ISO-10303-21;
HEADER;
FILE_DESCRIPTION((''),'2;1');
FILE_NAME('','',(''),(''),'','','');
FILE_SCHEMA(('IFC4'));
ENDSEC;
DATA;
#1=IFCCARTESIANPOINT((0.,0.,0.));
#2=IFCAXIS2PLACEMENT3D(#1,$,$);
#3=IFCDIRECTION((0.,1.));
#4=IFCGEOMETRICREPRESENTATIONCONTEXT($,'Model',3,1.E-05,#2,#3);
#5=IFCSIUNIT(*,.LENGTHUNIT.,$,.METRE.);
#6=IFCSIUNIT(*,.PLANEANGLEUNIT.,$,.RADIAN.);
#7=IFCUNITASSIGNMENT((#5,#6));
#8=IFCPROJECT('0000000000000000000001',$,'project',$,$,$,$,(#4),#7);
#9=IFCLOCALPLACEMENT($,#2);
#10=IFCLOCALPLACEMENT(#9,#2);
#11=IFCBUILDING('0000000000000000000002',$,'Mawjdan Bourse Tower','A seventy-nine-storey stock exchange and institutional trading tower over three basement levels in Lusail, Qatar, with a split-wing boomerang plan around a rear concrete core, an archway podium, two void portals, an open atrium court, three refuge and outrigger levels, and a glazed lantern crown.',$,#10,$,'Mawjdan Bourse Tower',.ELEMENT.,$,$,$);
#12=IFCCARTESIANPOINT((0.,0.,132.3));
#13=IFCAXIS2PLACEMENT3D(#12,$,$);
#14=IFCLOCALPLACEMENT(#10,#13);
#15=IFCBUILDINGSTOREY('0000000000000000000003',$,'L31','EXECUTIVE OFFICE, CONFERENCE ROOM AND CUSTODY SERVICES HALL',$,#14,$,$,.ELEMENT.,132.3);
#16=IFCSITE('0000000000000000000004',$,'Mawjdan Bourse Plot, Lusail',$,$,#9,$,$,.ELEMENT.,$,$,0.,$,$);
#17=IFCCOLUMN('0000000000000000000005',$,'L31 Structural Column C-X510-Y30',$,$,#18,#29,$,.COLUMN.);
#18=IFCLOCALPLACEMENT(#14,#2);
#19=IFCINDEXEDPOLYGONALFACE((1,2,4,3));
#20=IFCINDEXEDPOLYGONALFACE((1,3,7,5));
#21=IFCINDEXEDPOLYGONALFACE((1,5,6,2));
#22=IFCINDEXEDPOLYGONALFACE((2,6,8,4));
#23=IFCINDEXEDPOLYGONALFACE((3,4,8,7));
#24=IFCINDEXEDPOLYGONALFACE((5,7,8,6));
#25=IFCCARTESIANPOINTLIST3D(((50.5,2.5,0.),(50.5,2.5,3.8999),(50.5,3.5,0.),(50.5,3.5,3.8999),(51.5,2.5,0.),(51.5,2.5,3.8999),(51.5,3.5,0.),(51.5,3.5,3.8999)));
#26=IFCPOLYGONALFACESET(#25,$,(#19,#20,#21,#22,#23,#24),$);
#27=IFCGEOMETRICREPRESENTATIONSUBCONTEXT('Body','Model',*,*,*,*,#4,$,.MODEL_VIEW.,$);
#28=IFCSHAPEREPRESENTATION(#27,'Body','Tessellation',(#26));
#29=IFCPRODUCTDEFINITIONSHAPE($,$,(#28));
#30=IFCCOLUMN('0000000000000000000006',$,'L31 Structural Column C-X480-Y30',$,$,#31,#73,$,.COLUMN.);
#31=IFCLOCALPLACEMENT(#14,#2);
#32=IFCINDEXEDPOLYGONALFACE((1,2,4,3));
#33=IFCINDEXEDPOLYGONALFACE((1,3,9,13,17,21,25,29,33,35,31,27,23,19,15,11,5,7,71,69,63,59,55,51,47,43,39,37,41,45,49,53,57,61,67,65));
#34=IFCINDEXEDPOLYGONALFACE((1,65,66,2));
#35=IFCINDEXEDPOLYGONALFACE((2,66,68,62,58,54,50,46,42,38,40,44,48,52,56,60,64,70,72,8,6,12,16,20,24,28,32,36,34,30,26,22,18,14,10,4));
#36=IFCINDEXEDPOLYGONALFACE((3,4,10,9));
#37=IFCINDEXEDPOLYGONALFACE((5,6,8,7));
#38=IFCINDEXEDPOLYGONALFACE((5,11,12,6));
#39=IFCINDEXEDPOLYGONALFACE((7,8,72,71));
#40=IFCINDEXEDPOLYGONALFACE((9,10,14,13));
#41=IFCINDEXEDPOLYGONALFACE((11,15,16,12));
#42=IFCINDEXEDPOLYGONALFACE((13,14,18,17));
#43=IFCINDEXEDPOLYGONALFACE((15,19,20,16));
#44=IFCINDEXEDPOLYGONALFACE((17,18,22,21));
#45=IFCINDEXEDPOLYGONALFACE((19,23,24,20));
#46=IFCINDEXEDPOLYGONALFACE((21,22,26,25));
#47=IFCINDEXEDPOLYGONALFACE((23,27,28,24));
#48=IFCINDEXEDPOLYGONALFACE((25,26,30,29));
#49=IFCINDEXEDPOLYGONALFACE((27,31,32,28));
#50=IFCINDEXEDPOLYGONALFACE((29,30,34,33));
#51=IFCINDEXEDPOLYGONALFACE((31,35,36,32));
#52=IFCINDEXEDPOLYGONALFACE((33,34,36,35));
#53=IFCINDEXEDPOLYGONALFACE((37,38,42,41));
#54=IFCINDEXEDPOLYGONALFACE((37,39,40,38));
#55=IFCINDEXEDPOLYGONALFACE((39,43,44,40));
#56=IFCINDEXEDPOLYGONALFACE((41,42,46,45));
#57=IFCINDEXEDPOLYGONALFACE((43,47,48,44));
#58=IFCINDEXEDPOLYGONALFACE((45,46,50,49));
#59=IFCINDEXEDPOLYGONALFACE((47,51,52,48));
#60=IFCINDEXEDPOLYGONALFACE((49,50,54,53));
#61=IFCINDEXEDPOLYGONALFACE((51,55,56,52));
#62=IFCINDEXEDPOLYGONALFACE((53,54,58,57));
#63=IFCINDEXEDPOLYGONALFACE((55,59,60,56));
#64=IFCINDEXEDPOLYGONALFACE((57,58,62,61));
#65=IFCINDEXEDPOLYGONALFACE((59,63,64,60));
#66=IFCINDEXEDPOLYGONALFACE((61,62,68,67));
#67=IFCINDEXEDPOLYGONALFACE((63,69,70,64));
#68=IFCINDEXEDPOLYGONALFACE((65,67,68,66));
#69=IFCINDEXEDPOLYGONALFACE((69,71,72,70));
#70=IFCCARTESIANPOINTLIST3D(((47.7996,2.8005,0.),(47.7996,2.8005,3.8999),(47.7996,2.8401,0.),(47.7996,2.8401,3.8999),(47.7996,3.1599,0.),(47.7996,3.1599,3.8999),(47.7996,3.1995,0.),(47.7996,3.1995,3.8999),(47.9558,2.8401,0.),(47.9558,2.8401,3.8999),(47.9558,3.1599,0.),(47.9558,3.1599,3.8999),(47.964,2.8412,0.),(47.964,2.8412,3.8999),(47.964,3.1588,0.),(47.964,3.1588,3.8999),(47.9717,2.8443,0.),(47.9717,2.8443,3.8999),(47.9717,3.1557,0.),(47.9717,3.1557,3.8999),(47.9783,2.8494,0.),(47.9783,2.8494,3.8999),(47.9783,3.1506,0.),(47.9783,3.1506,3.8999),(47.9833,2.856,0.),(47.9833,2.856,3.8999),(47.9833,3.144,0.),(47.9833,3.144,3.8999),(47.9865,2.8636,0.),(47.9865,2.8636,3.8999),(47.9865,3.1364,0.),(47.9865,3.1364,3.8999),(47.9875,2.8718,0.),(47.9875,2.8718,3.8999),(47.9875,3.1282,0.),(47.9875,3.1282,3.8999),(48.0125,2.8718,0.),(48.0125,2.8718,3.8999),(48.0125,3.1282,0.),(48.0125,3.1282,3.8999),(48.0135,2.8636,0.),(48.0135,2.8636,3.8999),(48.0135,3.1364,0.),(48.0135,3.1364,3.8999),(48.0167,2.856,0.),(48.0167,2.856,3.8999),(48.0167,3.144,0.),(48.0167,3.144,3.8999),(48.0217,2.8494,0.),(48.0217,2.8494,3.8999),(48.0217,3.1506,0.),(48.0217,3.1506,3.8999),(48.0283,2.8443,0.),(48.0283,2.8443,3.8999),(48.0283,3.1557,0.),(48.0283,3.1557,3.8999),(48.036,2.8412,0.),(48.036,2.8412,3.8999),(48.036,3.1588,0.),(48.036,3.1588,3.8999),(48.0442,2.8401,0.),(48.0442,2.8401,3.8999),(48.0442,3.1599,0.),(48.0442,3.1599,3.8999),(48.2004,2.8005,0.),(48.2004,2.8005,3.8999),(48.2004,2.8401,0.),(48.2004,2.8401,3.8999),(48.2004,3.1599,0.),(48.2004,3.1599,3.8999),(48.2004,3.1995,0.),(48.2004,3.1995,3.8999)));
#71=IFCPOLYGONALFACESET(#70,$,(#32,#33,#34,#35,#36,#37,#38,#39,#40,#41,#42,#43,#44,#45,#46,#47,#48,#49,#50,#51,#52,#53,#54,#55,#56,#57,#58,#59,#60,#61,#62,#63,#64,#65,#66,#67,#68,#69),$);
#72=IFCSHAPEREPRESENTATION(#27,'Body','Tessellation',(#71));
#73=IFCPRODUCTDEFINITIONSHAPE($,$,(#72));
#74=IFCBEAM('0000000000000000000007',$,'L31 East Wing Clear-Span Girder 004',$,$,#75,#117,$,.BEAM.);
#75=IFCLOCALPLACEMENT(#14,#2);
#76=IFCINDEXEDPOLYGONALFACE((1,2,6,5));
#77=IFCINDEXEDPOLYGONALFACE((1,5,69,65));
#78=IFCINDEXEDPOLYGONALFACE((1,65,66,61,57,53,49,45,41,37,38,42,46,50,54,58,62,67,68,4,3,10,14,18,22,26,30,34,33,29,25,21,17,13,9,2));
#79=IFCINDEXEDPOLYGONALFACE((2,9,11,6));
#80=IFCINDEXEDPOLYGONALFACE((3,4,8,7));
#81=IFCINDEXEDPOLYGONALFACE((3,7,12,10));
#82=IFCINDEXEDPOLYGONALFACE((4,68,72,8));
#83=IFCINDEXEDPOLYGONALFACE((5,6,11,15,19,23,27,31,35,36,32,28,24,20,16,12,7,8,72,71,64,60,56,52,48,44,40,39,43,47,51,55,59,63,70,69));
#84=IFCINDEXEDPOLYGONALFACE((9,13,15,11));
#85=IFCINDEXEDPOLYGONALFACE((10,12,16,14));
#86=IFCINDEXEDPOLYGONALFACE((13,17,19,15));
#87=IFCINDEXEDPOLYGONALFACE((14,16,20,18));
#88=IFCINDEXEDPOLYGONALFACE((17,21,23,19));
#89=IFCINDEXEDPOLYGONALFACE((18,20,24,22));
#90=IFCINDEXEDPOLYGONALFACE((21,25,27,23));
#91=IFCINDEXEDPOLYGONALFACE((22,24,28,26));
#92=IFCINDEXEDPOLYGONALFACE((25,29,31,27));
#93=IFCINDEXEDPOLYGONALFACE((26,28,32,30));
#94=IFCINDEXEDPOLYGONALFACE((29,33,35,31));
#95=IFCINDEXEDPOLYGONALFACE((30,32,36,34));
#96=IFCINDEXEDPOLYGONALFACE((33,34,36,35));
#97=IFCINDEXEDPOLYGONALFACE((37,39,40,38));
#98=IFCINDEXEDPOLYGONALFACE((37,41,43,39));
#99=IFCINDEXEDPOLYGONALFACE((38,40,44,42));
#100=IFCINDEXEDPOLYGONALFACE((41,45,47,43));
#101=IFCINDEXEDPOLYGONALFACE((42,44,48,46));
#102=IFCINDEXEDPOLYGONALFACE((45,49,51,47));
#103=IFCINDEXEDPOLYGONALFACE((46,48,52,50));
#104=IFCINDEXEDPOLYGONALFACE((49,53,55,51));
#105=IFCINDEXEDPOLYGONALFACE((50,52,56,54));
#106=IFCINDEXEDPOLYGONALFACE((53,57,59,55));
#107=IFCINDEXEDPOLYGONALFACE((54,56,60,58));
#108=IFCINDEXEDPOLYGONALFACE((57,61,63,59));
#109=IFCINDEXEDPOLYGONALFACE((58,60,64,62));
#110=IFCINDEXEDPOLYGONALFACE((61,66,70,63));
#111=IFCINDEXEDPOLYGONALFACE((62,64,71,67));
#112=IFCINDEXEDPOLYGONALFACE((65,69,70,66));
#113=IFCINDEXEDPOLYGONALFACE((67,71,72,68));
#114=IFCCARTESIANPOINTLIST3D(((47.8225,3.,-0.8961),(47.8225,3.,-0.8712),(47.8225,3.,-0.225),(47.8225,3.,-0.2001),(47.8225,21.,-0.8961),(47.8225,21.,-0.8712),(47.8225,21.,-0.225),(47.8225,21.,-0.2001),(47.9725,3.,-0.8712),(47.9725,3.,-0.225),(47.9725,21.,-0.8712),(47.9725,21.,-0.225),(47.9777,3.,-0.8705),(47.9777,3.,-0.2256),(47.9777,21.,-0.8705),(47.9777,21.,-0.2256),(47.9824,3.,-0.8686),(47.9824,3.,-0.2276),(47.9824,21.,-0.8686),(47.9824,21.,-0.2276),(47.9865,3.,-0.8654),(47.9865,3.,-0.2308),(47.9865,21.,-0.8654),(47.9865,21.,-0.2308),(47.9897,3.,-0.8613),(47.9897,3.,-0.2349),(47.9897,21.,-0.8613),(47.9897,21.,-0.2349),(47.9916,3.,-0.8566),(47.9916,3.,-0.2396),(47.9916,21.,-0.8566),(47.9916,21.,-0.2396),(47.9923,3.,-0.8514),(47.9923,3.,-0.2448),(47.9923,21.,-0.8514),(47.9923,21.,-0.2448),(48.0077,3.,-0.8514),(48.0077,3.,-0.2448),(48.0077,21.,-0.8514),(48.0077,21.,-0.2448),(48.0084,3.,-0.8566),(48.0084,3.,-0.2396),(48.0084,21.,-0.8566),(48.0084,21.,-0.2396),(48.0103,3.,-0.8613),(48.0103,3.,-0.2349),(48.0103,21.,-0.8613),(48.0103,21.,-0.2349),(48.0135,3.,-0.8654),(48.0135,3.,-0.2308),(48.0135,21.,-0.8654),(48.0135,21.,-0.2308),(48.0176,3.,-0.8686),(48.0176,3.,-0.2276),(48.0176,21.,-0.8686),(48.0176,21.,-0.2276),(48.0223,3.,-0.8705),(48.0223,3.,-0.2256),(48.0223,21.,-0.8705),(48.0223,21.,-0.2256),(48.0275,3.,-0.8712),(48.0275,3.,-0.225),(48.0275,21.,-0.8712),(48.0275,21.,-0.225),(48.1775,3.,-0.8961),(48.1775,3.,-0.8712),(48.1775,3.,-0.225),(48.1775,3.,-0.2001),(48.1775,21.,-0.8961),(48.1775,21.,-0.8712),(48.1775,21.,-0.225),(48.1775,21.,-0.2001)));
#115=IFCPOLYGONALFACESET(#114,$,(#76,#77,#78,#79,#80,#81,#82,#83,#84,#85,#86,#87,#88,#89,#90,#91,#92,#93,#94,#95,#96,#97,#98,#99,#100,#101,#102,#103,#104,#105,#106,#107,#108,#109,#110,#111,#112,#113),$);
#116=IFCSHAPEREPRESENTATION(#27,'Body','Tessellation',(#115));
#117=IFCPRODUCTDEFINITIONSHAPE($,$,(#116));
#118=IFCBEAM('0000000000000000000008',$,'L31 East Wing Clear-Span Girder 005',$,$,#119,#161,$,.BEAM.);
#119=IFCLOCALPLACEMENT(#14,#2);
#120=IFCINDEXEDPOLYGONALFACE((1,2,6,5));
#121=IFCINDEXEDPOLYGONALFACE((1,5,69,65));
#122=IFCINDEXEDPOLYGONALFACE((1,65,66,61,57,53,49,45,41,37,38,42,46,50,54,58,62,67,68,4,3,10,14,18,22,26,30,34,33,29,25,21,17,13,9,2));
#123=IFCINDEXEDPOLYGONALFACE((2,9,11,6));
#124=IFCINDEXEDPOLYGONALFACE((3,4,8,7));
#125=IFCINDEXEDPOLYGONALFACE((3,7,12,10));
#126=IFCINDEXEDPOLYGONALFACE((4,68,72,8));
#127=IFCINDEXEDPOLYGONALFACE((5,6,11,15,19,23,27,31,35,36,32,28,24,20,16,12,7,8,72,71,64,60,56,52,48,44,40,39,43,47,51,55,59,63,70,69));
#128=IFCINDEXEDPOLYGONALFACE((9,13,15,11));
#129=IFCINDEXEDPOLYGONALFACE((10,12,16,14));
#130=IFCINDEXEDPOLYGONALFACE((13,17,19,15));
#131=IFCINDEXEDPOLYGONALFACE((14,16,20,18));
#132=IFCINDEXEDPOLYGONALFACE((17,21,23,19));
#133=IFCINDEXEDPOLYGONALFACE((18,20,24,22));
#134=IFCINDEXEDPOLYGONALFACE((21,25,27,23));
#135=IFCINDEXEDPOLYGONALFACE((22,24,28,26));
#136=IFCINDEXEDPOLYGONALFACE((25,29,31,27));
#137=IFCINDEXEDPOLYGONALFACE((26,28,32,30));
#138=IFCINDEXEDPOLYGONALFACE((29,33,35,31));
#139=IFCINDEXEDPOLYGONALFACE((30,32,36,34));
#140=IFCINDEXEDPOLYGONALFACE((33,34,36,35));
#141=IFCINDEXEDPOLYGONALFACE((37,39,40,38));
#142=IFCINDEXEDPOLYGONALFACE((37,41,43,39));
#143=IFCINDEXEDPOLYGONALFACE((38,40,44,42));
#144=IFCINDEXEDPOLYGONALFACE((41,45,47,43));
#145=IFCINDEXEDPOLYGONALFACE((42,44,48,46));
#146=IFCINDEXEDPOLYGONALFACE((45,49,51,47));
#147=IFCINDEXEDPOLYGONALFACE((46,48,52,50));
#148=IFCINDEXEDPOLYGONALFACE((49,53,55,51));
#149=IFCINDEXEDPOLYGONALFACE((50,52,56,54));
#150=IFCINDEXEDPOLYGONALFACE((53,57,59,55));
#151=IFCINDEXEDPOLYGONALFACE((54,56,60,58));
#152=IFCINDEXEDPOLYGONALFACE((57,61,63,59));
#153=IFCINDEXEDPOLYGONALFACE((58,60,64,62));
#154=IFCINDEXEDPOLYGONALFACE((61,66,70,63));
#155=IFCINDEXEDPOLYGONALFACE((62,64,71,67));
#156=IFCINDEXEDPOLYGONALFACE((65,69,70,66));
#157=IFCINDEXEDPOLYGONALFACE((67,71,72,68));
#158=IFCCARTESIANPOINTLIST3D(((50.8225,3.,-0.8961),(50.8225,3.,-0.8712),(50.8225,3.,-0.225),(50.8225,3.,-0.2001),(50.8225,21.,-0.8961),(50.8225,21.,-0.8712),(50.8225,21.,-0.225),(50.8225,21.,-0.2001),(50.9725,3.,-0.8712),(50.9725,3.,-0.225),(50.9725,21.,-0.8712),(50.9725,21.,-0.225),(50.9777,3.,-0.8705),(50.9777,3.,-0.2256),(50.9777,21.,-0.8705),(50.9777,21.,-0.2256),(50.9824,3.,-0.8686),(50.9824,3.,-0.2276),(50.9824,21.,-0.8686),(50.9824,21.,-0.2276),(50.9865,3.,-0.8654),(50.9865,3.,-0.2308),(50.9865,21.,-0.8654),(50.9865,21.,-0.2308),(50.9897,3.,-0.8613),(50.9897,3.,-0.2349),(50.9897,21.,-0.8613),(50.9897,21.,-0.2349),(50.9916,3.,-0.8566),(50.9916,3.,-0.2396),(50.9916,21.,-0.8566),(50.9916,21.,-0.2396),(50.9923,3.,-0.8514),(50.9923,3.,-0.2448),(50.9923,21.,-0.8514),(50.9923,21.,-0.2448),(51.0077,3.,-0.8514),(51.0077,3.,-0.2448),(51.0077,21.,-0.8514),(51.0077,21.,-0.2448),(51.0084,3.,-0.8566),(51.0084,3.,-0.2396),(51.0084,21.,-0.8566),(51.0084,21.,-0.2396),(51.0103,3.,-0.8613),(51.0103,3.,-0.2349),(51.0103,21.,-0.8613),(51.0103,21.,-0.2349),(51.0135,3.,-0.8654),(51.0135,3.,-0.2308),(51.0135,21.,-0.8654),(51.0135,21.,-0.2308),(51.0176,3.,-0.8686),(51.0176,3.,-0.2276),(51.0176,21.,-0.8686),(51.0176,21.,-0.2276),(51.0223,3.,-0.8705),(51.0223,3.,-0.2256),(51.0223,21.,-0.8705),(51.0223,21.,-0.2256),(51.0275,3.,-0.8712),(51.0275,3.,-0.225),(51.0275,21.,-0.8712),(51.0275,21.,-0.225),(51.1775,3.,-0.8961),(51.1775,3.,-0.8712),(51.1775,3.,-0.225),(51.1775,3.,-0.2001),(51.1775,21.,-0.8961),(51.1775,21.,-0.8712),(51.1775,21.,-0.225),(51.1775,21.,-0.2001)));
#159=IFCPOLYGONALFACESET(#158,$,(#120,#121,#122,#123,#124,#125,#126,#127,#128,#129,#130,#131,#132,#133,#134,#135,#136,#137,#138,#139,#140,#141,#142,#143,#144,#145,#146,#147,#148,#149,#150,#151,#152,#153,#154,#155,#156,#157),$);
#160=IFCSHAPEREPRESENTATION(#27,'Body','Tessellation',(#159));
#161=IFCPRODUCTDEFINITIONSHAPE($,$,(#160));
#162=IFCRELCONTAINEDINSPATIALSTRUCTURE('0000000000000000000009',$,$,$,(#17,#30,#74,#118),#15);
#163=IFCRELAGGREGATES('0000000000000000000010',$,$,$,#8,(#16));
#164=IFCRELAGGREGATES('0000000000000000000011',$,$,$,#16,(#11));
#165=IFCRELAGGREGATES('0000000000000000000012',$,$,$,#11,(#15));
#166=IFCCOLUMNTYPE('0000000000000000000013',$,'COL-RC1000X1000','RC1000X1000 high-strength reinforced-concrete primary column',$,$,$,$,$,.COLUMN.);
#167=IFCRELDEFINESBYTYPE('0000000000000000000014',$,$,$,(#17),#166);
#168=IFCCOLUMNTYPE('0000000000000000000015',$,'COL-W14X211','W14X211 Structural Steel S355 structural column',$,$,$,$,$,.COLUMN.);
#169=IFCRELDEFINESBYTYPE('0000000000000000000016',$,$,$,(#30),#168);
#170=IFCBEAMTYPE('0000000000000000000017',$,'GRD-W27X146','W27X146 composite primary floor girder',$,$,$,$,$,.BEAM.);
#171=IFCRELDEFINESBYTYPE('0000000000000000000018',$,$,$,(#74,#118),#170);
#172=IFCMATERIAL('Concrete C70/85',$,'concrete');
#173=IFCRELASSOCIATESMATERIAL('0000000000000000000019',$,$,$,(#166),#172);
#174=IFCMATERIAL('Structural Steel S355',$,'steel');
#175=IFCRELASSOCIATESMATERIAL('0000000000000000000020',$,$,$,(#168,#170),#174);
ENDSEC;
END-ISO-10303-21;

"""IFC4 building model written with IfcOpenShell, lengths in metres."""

from ifc_helpers import new_model, si_unit, direction, frame, origin, origin_2d, place, context, subcontext, project, spatial, rectangle, i_section, extrude, material, material_profile, profile_set, type_object, element, save


model = new_model("IFC4")

# Units and contexts
model_context = context("Model", 3, precision=1e-05, world=origin(), true_north=direction((0.0, 1.0)))
body_context = subcontext(model_context, "Body", "Model", "MODEL_VIEW")
ifc_project = project(units=[si_unit("LENGTHUNIT", "METRE"), si_unit("PLANEANGLEUNIT", "RADIAN")], contexts=[model_context])

# Site, building, storey
site_placement = place(None, origin())
site = spatial("IfcSite", under=ifc_project, at=site_placement, Name="Mawjdan Bourse Plot, Lusail", CompositionType="ELEMENT", RefElevation=0.0)
building_placement = place(site_placement, origin())
building = spatial("IfcBuilding", under=site, at=building_placement, Name="Mawjdan Bourse Tower", Description="A seventy-nine-storey stock exchange and institutional trading tower over three basement levels in Lusail, Qatar, with a split-wing boomerang plan around a rear concrete core, an archway podium, two void portals, an open atrium court, three refuge and outrigger levels, and a glazed lantern crown.", LongName="Mawjdan Bourse Tower", CompositionType="ELEMENT")
storey_placement = place(building_placement, frame((0.0, 0.0, 132.3)))
storey = spatial("IfcBuildingStorey", under=building, at=storey_placement, Name="L31", Description="EXECUTIVE OFFICE, CONFERENCE ROOM AND CUSTODY SERVICES HALL", CompositionType="ELEMENT", Elevation=132.3)

# Columns
ifc_material_1 = material(Name="Concrete C70/85", Category="concrete")
ifc_material_profile_1 = material_profile(ifc_material_1, rectangle(XDim=1.0, YDim=1.0, at=origin_2d()), Name="RC1000X1000")
ifc_profile_set_1 = profile_set([ifc_material_profile_1], Name="Concrete C70/85")
column_type_1 = type_object("IfcColumnType", Name="COL-RC1000X1000", Description="RC1000X1000 high-strength reinforced-concrete primary column", PredefinedType="COLUMN", material=ifc_profile_set_1)
column_1_placement = place(storey_placement, frame((51.0, 3.0, 0.0), z_axis=(0.0, 0.0, 1.0), x_axis=(1.0, 0.0, 0.0)))
element("IfcColumn", 1, at=column_1_placement, inside=storey, type_object=column_type_1, Name="L31 Structural Column C-X510-Y30", PredefinedType="COLUMN", context=body_context, shape_type="SweptSolid", body=[
    extrude(rectangle(XDim=1.0, YDim=1.0, at=origin_2d()), origin(), (0.0, 0.0, 1.0), 3.8999),
])
ifc_material_2 = material(Name="Structural Steel S355", Category="steel")
ifc_material_profile_2 = material_profile(ifc_material_2, i_section(OverallWidth=0.4009, OverallDepth=0.3989, WebThickness=0.0249, FlangeThickness=0.0396, FilletRadius=0.0317, at=origin_2d()), Name="W14X211")
ifc_profile_set_2 = profile_set([ifc_material_profile_2], Name="Structural Steel S355")
column_type_2 = type_object("IfcColumnType", Name="COL-W14X211", Description="W14X211 Structural Steel S355 structural column", PredefinedType="COLUMN", material=ifc_profile_set_2)
column_2_placement = place(storey_placement, frame((48.0, 3.0, 0.0), z_axis=(0.0, 0.0, 1.0), x_axis=(1.0, 0.0, 0.0)))
element("IfcColumn", 2, at=column_2_placement, inside=storey, type_object=column_type_2, Name="L31 Structural Column C-X480-Y30", PredefinedType="COLUMN", context=body_context, shape_type="SweptSolid", body=[
    extrude(i_section(OverallWidth=0.4009, OverallDepth=0.3989, WebThickness=0.0249, FlangeThickness=0.0396, FilletRadius=0.0317, at=origin_2d()), origin(), (0.0, 0.0, 1.0), 3.8999),
])

# Beams
ifc_material_profile_3 = material_profile(ifc_material_2, i_section(OverallWidth=0.355, OverallDepth=0.696, WebThickness=0.0154, FlangeThickness=0.0249, FilletRadius=0.0198, at=origin_2d()), Name="W27X146")
ifc_profile_set_3 = profile_set([ifc_material_profile_3], Name="Structural Steel S355")
beam_type_1 = type_object("IfcBeamType", Name="GRD-W27X146", Description="W27X146 composite primary floor girder", PredefinedType="BEAM", material=ifc_profile_set_3)
for number, where, z_axis, x_axis, name in (
    (3, (48.0, 3.0, -0.5481), (0.0, 1.0, 0.0), (-1.0, 0.0, 0.0), "L31 East Wing Clear-Span Girder 004"),
    (4, (51.0, 3.0, -0.5481), (0.0, 1.0, 0.0), (-1.0, 0.0, 0.0), "L31 East Wing Clear-Span Girder 005"),
):
    element("IfcBeam", number, at=place(storey_placement, frame(where, z_axis=z_axis, x_axis=x_axis)), inside=storey, type_object=beam_type_1, Name=name, PredefinedType="BEAM", context=body_context, shape_type="SweptSolid", body=[
        extrude(i_section(OverallWidth=0.355, OverallDepth=0.696, WebThickness=0.0154, FlangeThickness=0.0249, FilletRadius=0.0198, at=origin_2d()), origin(), (0.0, 0.0, 1.0), 18.0),
    ])

save(model, "model.ifc")
